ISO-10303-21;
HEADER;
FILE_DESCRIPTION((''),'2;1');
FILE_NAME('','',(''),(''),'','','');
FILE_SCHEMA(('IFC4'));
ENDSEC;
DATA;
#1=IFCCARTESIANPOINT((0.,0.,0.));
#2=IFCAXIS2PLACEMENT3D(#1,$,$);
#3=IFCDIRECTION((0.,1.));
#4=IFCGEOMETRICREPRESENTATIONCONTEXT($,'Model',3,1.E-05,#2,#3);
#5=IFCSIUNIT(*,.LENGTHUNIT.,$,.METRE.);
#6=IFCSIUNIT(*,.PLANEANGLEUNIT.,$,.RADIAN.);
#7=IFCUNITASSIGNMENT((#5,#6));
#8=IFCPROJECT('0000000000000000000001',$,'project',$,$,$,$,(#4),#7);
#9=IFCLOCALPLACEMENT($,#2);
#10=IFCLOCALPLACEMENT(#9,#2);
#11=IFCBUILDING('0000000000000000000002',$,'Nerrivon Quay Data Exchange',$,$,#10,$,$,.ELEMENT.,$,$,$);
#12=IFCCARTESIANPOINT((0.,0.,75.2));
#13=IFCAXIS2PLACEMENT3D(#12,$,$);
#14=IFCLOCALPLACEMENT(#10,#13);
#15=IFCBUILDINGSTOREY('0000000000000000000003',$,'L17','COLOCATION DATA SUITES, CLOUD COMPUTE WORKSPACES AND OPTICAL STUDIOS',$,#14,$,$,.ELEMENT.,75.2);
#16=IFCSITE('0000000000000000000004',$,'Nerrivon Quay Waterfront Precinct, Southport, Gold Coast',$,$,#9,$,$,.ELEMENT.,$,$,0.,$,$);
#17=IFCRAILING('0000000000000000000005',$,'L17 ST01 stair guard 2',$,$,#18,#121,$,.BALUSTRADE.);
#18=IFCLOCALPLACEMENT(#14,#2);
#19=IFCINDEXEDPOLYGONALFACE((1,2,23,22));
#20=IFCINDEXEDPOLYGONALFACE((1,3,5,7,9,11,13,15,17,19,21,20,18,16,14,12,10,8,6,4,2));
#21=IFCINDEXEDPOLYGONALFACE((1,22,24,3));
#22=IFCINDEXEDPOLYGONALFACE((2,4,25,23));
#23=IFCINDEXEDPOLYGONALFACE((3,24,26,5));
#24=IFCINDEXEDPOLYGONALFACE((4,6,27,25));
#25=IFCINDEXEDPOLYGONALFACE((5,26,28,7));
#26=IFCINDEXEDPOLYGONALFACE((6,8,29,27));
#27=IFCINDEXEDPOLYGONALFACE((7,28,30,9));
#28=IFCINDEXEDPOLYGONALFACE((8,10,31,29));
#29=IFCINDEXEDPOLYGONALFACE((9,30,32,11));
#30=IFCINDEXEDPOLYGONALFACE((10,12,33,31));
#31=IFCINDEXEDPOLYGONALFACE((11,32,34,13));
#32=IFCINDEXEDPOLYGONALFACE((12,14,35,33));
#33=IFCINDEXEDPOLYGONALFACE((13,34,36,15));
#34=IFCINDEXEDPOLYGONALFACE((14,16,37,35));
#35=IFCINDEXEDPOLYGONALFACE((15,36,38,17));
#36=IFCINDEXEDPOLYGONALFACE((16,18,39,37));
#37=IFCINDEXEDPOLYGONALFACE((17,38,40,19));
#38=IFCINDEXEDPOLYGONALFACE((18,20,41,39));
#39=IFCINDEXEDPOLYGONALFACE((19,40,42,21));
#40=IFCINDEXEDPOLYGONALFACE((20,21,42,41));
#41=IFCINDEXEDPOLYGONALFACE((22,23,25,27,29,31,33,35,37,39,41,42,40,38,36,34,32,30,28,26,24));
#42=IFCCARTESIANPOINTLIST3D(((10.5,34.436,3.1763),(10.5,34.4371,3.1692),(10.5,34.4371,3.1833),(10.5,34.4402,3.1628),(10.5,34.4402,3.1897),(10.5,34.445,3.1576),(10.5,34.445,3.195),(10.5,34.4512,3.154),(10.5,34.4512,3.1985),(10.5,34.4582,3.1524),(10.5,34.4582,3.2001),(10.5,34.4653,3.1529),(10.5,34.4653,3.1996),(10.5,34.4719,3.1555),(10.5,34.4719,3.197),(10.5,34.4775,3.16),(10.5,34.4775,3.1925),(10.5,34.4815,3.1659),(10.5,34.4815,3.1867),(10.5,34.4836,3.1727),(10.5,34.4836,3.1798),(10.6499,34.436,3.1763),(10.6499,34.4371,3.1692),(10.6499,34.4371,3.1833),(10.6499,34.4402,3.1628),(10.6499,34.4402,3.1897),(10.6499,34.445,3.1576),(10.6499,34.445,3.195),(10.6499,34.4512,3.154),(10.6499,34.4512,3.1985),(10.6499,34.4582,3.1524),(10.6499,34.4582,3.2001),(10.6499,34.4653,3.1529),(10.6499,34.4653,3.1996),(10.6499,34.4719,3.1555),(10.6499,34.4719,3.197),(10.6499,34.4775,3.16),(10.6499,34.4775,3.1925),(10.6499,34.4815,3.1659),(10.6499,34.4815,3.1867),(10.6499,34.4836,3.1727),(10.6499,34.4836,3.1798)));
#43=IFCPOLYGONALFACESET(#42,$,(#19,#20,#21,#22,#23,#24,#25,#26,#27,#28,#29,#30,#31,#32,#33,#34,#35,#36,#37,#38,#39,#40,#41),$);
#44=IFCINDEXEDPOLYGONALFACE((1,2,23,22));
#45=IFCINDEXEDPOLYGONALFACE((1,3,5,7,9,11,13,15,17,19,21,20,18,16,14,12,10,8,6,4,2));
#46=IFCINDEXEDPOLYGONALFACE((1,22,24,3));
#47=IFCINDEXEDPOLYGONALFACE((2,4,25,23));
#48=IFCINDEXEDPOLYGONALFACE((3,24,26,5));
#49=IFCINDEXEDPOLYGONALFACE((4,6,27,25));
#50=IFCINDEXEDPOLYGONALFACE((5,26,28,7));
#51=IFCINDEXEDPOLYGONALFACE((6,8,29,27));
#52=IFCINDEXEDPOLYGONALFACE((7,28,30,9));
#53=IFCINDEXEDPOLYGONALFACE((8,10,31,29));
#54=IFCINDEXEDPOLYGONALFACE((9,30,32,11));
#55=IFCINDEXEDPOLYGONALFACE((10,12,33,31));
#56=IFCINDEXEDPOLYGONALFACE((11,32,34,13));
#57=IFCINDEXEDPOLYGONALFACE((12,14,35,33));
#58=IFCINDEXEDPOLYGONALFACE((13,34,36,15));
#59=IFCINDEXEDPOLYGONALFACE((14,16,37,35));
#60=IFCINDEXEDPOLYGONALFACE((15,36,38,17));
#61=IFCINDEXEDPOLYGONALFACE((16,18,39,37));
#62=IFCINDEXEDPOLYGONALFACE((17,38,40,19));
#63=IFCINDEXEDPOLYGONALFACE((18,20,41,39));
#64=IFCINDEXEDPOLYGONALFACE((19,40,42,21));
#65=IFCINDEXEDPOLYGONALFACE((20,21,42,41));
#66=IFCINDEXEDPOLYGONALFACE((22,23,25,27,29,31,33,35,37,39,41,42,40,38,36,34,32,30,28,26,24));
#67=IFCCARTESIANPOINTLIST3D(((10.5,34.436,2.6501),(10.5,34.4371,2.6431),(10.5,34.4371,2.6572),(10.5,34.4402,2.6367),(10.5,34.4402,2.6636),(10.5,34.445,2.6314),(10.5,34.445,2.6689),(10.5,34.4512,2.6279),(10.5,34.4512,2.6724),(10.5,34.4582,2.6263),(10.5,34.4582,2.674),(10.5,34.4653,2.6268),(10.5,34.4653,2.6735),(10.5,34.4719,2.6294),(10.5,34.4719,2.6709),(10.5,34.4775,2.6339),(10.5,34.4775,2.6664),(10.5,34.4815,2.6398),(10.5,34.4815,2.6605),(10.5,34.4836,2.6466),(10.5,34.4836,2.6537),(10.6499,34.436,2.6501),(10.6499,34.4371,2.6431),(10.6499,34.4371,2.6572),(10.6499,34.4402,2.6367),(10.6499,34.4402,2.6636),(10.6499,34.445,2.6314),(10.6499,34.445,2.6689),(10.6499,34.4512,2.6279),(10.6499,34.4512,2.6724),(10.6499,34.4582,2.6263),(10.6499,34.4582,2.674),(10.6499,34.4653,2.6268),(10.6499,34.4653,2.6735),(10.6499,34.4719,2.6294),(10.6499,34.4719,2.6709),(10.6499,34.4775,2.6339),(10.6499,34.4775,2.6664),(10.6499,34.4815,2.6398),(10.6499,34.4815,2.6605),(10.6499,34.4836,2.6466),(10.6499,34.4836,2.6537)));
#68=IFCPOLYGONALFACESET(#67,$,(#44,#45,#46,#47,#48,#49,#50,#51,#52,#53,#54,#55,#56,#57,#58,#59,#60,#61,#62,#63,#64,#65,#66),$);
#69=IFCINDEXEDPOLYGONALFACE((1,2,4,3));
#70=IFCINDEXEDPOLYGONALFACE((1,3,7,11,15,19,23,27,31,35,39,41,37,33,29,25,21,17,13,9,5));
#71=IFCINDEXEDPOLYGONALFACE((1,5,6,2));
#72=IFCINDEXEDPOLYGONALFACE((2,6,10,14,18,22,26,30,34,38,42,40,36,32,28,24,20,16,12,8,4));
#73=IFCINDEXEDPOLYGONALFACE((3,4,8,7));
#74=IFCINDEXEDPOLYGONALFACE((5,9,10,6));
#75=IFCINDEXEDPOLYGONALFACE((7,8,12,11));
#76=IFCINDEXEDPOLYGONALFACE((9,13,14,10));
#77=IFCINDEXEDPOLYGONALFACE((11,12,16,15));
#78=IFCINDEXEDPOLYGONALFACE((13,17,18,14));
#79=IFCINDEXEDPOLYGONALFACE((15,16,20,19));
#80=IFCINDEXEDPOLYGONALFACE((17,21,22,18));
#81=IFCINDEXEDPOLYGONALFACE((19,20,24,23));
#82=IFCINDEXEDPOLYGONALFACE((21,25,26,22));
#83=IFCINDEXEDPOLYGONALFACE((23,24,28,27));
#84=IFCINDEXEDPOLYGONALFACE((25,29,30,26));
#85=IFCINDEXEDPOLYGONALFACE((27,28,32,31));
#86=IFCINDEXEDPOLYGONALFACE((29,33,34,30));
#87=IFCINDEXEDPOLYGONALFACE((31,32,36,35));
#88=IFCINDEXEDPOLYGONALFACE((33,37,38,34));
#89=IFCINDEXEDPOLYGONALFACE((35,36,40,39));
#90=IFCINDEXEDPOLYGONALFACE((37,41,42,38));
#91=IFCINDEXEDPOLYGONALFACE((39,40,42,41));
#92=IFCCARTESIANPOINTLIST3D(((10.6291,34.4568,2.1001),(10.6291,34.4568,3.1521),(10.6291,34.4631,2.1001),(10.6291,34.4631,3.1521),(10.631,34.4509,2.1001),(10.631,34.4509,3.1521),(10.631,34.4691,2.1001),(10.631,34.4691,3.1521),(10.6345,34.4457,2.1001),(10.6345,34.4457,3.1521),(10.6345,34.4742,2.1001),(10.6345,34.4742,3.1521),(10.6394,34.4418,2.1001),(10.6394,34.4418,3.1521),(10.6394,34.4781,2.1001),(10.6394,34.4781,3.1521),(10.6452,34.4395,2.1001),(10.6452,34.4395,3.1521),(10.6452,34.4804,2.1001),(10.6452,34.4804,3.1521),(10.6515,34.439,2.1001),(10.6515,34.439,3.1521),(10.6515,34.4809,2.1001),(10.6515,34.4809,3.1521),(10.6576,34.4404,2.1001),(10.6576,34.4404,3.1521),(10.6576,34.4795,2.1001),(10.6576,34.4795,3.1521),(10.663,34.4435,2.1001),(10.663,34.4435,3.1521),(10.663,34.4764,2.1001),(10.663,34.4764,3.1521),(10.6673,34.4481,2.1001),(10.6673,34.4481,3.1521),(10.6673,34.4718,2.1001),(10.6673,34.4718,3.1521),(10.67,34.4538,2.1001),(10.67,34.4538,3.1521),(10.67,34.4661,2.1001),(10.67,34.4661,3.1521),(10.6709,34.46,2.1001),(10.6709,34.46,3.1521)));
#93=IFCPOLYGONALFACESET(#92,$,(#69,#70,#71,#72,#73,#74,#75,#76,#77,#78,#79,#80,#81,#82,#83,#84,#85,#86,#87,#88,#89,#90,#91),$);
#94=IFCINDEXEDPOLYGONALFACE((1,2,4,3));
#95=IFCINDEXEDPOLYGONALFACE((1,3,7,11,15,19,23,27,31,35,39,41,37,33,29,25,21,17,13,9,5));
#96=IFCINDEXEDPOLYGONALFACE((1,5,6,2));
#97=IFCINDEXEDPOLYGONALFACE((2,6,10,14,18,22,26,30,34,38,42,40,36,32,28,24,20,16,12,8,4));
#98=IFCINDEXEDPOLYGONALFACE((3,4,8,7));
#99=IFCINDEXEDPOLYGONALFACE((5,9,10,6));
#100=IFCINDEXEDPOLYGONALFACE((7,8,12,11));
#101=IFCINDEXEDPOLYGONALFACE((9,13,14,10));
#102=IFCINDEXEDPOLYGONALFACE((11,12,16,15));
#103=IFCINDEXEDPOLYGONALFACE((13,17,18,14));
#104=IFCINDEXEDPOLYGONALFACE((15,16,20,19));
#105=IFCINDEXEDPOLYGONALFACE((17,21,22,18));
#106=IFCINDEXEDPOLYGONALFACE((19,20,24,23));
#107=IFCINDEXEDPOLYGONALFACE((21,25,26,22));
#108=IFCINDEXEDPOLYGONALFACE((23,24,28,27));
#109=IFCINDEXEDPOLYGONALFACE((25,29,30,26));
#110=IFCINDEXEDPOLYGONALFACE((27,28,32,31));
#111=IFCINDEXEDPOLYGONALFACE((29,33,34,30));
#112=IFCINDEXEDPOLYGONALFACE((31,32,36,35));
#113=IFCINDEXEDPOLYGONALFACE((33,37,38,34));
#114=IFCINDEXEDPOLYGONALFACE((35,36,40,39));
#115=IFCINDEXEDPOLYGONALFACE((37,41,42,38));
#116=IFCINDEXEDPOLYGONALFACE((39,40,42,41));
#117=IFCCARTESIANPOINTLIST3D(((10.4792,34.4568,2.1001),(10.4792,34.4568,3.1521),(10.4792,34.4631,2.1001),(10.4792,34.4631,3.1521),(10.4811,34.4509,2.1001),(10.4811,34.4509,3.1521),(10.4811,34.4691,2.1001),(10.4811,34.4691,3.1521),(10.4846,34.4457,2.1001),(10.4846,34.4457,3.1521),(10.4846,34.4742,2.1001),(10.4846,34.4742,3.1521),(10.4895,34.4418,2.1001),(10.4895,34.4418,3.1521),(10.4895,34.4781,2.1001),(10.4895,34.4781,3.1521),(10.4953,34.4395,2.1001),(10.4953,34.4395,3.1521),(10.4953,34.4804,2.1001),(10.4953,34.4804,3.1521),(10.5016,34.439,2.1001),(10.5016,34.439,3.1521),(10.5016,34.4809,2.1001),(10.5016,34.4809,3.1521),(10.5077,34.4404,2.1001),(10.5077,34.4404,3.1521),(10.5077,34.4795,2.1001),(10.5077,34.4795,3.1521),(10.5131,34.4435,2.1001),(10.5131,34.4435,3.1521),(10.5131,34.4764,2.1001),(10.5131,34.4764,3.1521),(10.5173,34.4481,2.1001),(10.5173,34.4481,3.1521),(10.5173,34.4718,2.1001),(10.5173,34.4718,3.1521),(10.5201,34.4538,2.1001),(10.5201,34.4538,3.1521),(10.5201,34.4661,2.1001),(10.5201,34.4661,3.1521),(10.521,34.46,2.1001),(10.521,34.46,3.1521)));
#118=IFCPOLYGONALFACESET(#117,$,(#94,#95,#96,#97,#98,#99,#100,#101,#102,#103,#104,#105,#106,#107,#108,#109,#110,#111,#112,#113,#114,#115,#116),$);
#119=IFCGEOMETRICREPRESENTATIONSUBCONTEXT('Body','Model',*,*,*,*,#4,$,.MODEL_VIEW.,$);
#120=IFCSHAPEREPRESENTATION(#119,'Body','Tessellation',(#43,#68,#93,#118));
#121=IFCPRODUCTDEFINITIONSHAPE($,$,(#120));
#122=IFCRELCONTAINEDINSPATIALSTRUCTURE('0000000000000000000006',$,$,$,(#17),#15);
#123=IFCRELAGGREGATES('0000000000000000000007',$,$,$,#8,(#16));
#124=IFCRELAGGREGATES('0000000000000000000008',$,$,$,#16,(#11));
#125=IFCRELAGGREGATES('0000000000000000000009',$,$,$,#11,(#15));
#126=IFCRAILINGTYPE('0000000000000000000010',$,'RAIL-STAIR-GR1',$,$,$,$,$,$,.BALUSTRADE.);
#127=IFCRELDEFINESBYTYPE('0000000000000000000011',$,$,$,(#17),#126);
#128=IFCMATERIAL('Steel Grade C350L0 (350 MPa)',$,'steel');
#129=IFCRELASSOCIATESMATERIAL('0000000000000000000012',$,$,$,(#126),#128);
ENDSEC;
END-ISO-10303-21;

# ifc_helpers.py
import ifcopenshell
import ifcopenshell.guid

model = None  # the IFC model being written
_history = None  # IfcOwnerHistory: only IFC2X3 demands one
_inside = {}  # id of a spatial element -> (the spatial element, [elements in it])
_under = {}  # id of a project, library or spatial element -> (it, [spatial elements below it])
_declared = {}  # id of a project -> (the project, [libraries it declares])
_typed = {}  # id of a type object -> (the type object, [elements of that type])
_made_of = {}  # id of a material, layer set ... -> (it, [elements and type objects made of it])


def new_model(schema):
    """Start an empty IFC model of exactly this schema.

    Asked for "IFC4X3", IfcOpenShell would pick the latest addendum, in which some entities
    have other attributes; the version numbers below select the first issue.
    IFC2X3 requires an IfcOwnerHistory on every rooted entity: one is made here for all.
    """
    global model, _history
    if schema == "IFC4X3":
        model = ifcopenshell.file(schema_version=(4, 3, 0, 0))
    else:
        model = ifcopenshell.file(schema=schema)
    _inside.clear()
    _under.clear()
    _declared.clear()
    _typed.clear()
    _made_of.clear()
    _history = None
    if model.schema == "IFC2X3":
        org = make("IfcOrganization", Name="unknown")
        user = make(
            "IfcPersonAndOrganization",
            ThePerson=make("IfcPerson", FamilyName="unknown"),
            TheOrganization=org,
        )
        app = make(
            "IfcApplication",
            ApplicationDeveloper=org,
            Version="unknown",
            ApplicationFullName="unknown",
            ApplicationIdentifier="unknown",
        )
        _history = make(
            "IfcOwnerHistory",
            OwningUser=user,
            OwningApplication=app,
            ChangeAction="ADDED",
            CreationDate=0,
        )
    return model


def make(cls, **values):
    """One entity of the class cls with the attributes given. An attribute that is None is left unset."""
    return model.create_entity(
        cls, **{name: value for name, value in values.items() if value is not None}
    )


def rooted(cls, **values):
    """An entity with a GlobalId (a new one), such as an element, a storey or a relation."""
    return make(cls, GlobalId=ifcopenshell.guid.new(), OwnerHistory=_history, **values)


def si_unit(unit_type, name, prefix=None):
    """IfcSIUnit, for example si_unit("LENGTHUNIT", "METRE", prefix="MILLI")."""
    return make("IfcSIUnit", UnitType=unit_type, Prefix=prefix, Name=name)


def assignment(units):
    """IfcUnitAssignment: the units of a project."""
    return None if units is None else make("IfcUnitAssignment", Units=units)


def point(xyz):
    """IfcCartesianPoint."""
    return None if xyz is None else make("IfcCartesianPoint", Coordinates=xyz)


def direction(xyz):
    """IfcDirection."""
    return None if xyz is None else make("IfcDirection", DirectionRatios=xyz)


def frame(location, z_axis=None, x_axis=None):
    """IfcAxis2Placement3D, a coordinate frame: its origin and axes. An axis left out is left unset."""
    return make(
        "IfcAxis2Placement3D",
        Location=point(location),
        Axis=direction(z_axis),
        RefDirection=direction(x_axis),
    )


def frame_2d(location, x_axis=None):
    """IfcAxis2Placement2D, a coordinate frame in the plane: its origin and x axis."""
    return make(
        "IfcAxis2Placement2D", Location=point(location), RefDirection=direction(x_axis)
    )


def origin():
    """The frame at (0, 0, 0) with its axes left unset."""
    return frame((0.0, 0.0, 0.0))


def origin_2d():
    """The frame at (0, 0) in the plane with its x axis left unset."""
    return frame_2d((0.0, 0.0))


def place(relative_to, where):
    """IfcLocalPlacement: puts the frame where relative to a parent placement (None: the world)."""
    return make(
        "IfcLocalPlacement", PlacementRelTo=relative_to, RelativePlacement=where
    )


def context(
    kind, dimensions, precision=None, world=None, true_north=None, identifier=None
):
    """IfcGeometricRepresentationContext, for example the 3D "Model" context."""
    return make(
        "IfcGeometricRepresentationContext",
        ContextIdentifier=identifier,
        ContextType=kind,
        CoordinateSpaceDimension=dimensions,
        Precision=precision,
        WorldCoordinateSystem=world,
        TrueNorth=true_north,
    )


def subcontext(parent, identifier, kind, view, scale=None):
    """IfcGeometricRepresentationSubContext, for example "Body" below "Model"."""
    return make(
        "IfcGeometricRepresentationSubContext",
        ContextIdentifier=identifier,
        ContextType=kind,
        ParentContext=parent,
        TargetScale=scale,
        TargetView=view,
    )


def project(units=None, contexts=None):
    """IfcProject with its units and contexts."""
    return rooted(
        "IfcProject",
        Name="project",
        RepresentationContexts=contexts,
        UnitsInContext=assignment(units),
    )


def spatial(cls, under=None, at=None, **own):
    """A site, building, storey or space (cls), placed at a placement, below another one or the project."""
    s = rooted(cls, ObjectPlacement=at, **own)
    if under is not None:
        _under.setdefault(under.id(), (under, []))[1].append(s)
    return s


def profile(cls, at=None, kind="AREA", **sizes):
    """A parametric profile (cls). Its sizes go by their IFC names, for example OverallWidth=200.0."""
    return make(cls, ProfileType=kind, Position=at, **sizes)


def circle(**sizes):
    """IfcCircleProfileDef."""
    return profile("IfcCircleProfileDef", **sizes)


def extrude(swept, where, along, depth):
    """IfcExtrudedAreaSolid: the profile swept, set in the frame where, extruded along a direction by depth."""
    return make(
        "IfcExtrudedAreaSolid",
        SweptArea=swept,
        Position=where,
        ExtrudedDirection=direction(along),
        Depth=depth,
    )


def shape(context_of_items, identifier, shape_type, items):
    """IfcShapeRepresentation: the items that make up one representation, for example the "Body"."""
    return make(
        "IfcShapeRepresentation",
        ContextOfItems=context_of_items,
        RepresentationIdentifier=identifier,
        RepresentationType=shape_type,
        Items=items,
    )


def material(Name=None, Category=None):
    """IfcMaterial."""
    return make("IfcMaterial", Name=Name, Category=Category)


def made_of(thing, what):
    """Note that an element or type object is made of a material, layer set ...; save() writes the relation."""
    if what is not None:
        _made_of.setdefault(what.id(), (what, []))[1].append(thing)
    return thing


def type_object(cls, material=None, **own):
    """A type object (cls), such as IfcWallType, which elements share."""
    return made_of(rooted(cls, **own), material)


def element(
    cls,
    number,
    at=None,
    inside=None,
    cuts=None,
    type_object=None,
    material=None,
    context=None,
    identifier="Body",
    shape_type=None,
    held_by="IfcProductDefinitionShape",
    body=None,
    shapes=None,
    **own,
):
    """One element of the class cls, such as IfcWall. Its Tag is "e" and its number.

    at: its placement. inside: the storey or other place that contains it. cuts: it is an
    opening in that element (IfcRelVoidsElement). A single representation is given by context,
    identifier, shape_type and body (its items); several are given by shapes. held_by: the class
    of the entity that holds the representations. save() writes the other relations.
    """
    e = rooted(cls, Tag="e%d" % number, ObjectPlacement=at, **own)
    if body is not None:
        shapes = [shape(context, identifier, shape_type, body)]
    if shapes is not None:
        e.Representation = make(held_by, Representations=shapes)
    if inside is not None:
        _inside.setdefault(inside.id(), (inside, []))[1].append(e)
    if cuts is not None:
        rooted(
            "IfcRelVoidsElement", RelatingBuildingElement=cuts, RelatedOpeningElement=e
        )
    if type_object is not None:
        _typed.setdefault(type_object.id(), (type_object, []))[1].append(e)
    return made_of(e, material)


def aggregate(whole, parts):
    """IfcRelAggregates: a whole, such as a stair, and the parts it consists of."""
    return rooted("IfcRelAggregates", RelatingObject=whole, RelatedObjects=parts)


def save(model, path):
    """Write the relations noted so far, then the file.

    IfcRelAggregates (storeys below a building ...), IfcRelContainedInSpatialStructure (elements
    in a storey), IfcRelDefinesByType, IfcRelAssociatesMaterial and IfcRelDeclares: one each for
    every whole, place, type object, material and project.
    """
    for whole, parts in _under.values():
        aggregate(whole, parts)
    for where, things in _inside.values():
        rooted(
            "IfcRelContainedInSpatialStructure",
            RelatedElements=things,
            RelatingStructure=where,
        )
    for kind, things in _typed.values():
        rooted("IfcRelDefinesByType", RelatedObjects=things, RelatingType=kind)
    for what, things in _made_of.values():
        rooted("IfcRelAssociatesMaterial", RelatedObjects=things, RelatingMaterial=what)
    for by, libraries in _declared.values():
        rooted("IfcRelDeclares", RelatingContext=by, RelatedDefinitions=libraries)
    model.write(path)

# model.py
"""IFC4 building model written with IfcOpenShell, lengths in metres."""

from ifc_helpers import new_model, si_unit, direction, frame, origin, origin_2d, place, context, subcontext, project, spatial, circle, extrude, material, type_object, element, save


model = new_model("IFC4")

# Units and contexts
model_context = context("Model", 3, precision=1e-05, world=origin(), true_north=direction((0.0, 1.0)))
body_context = subcontext(model_context, "Body", "Model", "MODEL_VIEW")
ifc_project = project(units=[si_unit("LENGTHUNIT", "METRE"), si_unit("PLANEANGLEUNIT", "RADIAN")], contexts=[model_context])

# Site, building, storey
site_placement = place(None, origin())
site = spatial("IfcSite", under=ifc_project, at=site_placement, Name="Nerrivon Quay Waterfront Precinct, Southport, Gold Coast", CompositionType="ELEMENT", RefElevation=0.0)
building_placement = place(site_placement, origin())
building = spatial("IfcBuilding", under=site, at=building_placement, Name="Nerrivon Quay Data Exchange", CompositionType="ELEMENT")
storey_placement = place(building_placement, frame((0.0, 0.0, 75.2)))
storey = spatial("IfcBuildingStorey", under=building, at=storey_placement, Name="L17", Description="COLOCATION DATA SUITES, CLOUD COMPUTE WORKSPACES AND OPTICAL STUDIOS", CompositionType="ELEMENT", Elevation=75.2)

# Railing
ifc_material_1 = material(Name="Steel Grade C350L0 (350 MPa)", Category="steel")
railing_type_1 = type_object("IfcRailingType", Name="RAIL-STAIR-GR1", PredefinedType="BALUSTRADE", material=ifc_material_1)
railing_1_placement = place(storey_placement, frame((10.6499, 34.46, 2.1001)))
element("IfcRailing", 1, at=railing_1_placement, inside=storey, type_object=railing_type_1, Name="L17 ST01 stair guard 2", PredefinedType="BALUSTRADE", context=body_context, shape_type="SweptSolid", body=[
    extrude(circle(Radius=0.0239, at=origin_2d()), frame((0.0, 0.0, 1.0762), z_axis=(-1.0, 0.0, 0.0), x_axis=(0.0, -1.0, 0.0)), (0.0, 0.0, 1.0), 0.1499),
    extrude(circle(Radius=0.0239, at=origin_2d()), frame((0.0, 0.0, 0.55), z_axis=(-1.0, 0.0, 0.0), x_axis=(0.0, -1.0, 0.0)), (0.0, 0.0, 1.0), 0.1499),
    extrude(circle(Radius=0.021, at=origin_2d()), origin(), (0.0, 0.0, 1.0), 1.052),
    extrude(circle(Radius=0.021, at=origin_2d()), frame((-0.1499, 0.0, 0.0)), (0.0, 0.0, 1.0), 1.052),
])

save(model, "model.ifc")
